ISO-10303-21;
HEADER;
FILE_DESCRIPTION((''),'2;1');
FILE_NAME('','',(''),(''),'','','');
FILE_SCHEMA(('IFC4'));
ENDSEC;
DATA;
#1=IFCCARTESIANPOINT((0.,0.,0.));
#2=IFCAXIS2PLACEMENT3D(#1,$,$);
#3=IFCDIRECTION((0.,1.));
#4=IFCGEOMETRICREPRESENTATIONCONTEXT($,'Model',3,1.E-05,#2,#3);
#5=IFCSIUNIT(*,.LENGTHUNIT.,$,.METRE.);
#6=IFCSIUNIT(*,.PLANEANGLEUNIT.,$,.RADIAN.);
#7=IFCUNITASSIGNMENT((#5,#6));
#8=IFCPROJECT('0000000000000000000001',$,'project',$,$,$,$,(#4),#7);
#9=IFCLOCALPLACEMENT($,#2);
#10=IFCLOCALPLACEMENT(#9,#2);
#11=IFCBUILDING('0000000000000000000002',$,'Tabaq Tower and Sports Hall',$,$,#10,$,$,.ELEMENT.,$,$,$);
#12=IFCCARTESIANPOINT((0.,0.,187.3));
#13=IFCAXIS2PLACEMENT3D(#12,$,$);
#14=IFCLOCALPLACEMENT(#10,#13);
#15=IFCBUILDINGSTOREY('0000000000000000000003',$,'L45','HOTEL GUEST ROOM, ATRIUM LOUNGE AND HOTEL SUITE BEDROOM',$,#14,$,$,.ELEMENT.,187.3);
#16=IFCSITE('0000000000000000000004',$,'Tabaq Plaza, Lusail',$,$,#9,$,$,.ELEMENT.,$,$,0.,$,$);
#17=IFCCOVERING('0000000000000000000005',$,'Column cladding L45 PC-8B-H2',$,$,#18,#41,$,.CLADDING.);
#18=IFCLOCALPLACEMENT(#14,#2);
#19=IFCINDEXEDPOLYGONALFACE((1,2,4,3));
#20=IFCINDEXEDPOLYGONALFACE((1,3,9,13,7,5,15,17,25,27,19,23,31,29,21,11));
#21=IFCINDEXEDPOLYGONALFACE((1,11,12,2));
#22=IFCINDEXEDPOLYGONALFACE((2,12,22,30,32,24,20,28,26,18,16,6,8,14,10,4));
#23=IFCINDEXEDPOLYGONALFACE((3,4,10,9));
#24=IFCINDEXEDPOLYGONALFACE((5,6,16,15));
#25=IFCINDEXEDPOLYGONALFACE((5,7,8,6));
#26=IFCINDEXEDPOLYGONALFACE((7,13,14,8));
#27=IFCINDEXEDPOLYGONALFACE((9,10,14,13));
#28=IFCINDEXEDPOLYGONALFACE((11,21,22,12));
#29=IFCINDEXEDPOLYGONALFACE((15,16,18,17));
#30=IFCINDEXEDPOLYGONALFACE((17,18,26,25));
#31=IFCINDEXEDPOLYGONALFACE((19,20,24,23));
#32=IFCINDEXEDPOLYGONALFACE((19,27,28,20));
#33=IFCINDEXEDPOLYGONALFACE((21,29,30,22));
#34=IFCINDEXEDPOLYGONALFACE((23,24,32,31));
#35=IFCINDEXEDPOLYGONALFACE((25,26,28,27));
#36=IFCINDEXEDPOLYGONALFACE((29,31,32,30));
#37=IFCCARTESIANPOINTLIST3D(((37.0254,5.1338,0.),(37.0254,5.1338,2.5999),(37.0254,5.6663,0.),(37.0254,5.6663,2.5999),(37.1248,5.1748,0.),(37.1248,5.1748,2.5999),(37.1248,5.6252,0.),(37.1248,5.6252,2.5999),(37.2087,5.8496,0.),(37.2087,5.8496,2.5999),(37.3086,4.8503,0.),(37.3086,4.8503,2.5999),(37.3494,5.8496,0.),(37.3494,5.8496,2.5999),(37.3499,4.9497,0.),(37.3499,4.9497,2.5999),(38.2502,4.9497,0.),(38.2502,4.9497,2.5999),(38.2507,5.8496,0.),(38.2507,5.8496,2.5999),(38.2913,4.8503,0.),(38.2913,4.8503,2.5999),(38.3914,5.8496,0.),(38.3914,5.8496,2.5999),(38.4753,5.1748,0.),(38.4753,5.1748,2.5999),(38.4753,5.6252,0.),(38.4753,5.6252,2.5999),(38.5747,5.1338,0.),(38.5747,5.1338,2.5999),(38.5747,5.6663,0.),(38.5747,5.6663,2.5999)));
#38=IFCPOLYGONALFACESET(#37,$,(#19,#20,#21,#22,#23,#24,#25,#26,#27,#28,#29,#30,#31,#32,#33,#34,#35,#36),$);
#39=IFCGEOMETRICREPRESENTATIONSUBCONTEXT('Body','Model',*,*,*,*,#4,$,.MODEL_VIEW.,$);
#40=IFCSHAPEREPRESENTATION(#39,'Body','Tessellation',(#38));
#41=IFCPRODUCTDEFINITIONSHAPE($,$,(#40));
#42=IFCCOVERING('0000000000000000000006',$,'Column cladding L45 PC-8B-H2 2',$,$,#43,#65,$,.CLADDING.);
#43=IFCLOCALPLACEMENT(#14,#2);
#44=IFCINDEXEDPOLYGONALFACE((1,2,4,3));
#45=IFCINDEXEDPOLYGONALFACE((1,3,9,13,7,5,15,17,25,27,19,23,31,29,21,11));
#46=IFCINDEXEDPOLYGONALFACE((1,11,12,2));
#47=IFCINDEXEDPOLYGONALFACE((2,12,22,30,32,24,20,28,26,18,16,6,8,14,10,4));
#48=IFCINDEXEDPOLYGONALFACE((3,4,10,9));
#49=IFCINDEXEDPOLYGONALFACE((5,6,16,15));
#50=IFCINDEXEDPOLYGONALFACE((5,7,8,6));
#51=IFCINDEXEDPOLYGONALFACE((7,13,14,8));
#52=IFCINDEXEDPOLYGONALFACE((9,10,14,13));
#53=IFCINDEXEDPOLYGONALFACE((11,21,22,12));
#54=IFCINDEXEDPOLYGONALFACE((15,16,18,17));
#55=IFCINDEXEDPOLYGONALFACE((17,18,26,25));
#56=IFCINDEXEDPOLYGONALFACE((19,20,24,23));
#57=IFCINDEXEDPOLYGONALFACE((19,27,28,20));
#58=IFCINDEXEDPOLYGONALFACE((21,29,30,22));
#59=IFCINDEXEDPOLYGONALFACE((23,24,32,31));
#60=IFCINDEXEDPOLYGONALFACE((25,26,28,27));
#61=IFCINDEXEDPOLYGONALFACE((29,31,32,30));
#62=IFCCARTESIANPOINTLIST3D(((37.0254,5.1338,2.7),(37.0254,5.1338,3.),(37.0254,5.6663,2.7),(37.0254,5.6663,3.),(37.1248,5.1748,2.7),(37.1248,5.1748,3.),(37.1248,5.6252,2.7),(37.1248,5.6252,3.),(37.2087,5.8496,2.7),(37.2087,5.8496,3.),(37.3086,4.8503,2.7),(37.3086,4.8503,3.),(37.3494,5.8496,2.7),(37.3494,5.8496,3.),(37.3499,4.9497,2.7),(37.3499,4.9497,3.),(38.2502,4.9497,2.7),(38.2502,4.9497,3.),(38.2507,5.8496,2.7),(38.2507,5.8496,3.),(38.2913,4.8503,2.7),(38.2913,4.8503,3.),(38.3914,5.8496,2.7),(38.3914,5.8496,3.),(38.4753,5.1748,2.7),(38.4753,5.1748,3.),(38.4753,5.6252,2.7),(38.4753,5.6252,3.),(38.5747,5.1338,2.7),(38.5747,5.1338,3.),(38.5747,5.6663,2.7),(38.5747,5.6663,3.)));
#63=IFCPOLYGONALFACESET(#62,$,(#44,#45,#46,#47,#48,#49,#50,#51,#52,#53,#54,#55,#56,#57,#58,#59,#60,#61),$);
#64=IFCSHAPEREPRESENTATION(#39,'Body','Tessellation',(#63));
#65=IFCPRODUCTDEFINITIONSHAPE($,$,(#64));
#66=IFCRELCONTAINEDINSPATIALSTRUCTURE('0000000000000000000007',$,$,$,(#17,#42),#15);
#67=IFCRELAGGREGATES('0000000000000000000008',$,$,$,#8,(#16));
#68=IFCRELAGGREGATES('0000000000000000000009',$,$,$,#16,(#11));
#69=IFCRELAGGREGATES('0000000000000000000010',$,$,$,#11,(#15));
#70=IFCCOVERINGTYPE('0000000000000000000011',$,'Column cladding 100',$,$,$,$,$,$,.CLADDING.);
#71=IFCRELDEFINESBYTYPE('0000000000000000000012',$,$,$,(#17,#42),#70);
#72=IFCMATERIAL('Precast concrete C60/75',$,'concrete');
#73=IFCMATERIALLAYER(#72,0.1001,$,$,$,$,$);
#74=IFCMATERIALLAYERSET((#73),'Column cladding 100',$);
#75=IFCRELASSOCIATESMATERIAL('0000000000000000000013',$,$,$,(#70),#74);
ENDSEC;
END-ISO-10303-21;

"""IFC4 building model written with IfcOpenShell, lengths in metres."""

from ifc_helpers import new_model, si_unit, direction, frame, origin, place, context, subcontext, project, spatial, polyline, outline, extrude, material, layer, layer_set, type_object, element, save


model = new_model("IFC4")

# Units and contexts
model_context = context("Model", 3, precision=1e-05, world=origin(), true_north=direction((0.0, 1.0)))
body_context = subcontext(model_context, "Body", "Model", "MODEL_VIEW")
ifc_project = project(units=[si_unit("LENGTHUNIT", "METRE"), si_unit("PLANEANGLEUNIT", "RADIAN")], contexts=[model_context])

# Site, building, storey
site_placement = place(None, origin())
site = spatial("IfcSite", under=ifc_project, at=site_placement, Name="Tabaq Plaza, Lusail", CompositionType="ELEMENT", RefElevation=0.0)
building_placement = place(site_placement, origin())
building = spatial("IfcBuilding", under=site, at=building_placement, Name="Tabaq Tower and Sports Hall", CompositionType="ELEMENT")
storey_placement = place(building_placement, frame((0.0, 0.0, 187.3)))
storey = spatial("IfcBuildingStorey", under=building, at=storey_placement, Name="L45", Description="HOTEL GUEST ROOM, ATRIUM LOUNGE AND HOTEL SUITE BEDROOM", CompositionType="ELEMENT", Elevation=187.3)

# Coverings
ifc_material_1 = material(Name="Precast concrete C60/75", Category="concrete")
ifc_layer_1 = layer(ifc_material_1, 0.1001)
ifc_layer_set_1 = layer_set([ifc_layer_1], Name="Column cladding 100")
covering_type = type_object("IfcCoveringType", Name="Column cladding 100", PredefinedType="CLADDING", material=ifc_layer_set_1)
covering_1_placement = place(storey_placement, origin())
element("IfcCovering", 1, at=covering_1_placement, inside=storey, type_object=covering_type, Name="Column cladding L45 PC-8B-H2", PredefinedType="CLADDING", context=body_context, shape_type="SweptSolid", body=[
    extrude(outline(polyline([(37.0254, 5.6663), (37.2087, 5.8496), (37.3494, 5.8496), (37.1248, 5.6252), (37.1248, 5.1748), (37.3499, 4.9497), (38.2502, 4.9497), (38.4753, 5.1748), (38.4753, 5.6252), (38.2507, 5.8496), (38.3914, 5.8496), (38.5747, 5.6663), (38.5747, 5.1338), (38.2913, 4.8503), (37.3086, 4.8503), (37.0254, 5.1338), (37.0254, 5.6663)])), origin(), (0.0, 0.0, 1.0), 2.5999),
])
covering_2_placement = place(storey_placement, frame((0.0, 0.0, 2.7)))
element("IfcCovering", 2, at=covering_2_placement, inside=storey, type_object=covering_type, Name="Column cladding L45 PC-8B-H2 2", PredefinedType="CLADDING", context=body_context, shape_type="SweptSolid", body=[
    extrude(outline(polyline([(37.0254, 5.6663), (37.2087, 5.8496), (37.3494, 5.8496), (37.1248, 5.6252), (37.1248, 5.1748), (37.3499, 4.9497), (38.2502, 4.9497), (38.4753, 5.1748), (38.4753, 5.6252), (38.2507, 5.8496), (38.3914, 5.8496), (38.5747, 5.6663), (38.5747, 5.1338), (38.2913, 4.8503), (37.3086, 4.8503), (37.0254, 5.1338), (37.0254, 5.6663)])), origin(), (0.0, 0.0, 1.0), 0.3),
])

save(model, "model.ifc")
